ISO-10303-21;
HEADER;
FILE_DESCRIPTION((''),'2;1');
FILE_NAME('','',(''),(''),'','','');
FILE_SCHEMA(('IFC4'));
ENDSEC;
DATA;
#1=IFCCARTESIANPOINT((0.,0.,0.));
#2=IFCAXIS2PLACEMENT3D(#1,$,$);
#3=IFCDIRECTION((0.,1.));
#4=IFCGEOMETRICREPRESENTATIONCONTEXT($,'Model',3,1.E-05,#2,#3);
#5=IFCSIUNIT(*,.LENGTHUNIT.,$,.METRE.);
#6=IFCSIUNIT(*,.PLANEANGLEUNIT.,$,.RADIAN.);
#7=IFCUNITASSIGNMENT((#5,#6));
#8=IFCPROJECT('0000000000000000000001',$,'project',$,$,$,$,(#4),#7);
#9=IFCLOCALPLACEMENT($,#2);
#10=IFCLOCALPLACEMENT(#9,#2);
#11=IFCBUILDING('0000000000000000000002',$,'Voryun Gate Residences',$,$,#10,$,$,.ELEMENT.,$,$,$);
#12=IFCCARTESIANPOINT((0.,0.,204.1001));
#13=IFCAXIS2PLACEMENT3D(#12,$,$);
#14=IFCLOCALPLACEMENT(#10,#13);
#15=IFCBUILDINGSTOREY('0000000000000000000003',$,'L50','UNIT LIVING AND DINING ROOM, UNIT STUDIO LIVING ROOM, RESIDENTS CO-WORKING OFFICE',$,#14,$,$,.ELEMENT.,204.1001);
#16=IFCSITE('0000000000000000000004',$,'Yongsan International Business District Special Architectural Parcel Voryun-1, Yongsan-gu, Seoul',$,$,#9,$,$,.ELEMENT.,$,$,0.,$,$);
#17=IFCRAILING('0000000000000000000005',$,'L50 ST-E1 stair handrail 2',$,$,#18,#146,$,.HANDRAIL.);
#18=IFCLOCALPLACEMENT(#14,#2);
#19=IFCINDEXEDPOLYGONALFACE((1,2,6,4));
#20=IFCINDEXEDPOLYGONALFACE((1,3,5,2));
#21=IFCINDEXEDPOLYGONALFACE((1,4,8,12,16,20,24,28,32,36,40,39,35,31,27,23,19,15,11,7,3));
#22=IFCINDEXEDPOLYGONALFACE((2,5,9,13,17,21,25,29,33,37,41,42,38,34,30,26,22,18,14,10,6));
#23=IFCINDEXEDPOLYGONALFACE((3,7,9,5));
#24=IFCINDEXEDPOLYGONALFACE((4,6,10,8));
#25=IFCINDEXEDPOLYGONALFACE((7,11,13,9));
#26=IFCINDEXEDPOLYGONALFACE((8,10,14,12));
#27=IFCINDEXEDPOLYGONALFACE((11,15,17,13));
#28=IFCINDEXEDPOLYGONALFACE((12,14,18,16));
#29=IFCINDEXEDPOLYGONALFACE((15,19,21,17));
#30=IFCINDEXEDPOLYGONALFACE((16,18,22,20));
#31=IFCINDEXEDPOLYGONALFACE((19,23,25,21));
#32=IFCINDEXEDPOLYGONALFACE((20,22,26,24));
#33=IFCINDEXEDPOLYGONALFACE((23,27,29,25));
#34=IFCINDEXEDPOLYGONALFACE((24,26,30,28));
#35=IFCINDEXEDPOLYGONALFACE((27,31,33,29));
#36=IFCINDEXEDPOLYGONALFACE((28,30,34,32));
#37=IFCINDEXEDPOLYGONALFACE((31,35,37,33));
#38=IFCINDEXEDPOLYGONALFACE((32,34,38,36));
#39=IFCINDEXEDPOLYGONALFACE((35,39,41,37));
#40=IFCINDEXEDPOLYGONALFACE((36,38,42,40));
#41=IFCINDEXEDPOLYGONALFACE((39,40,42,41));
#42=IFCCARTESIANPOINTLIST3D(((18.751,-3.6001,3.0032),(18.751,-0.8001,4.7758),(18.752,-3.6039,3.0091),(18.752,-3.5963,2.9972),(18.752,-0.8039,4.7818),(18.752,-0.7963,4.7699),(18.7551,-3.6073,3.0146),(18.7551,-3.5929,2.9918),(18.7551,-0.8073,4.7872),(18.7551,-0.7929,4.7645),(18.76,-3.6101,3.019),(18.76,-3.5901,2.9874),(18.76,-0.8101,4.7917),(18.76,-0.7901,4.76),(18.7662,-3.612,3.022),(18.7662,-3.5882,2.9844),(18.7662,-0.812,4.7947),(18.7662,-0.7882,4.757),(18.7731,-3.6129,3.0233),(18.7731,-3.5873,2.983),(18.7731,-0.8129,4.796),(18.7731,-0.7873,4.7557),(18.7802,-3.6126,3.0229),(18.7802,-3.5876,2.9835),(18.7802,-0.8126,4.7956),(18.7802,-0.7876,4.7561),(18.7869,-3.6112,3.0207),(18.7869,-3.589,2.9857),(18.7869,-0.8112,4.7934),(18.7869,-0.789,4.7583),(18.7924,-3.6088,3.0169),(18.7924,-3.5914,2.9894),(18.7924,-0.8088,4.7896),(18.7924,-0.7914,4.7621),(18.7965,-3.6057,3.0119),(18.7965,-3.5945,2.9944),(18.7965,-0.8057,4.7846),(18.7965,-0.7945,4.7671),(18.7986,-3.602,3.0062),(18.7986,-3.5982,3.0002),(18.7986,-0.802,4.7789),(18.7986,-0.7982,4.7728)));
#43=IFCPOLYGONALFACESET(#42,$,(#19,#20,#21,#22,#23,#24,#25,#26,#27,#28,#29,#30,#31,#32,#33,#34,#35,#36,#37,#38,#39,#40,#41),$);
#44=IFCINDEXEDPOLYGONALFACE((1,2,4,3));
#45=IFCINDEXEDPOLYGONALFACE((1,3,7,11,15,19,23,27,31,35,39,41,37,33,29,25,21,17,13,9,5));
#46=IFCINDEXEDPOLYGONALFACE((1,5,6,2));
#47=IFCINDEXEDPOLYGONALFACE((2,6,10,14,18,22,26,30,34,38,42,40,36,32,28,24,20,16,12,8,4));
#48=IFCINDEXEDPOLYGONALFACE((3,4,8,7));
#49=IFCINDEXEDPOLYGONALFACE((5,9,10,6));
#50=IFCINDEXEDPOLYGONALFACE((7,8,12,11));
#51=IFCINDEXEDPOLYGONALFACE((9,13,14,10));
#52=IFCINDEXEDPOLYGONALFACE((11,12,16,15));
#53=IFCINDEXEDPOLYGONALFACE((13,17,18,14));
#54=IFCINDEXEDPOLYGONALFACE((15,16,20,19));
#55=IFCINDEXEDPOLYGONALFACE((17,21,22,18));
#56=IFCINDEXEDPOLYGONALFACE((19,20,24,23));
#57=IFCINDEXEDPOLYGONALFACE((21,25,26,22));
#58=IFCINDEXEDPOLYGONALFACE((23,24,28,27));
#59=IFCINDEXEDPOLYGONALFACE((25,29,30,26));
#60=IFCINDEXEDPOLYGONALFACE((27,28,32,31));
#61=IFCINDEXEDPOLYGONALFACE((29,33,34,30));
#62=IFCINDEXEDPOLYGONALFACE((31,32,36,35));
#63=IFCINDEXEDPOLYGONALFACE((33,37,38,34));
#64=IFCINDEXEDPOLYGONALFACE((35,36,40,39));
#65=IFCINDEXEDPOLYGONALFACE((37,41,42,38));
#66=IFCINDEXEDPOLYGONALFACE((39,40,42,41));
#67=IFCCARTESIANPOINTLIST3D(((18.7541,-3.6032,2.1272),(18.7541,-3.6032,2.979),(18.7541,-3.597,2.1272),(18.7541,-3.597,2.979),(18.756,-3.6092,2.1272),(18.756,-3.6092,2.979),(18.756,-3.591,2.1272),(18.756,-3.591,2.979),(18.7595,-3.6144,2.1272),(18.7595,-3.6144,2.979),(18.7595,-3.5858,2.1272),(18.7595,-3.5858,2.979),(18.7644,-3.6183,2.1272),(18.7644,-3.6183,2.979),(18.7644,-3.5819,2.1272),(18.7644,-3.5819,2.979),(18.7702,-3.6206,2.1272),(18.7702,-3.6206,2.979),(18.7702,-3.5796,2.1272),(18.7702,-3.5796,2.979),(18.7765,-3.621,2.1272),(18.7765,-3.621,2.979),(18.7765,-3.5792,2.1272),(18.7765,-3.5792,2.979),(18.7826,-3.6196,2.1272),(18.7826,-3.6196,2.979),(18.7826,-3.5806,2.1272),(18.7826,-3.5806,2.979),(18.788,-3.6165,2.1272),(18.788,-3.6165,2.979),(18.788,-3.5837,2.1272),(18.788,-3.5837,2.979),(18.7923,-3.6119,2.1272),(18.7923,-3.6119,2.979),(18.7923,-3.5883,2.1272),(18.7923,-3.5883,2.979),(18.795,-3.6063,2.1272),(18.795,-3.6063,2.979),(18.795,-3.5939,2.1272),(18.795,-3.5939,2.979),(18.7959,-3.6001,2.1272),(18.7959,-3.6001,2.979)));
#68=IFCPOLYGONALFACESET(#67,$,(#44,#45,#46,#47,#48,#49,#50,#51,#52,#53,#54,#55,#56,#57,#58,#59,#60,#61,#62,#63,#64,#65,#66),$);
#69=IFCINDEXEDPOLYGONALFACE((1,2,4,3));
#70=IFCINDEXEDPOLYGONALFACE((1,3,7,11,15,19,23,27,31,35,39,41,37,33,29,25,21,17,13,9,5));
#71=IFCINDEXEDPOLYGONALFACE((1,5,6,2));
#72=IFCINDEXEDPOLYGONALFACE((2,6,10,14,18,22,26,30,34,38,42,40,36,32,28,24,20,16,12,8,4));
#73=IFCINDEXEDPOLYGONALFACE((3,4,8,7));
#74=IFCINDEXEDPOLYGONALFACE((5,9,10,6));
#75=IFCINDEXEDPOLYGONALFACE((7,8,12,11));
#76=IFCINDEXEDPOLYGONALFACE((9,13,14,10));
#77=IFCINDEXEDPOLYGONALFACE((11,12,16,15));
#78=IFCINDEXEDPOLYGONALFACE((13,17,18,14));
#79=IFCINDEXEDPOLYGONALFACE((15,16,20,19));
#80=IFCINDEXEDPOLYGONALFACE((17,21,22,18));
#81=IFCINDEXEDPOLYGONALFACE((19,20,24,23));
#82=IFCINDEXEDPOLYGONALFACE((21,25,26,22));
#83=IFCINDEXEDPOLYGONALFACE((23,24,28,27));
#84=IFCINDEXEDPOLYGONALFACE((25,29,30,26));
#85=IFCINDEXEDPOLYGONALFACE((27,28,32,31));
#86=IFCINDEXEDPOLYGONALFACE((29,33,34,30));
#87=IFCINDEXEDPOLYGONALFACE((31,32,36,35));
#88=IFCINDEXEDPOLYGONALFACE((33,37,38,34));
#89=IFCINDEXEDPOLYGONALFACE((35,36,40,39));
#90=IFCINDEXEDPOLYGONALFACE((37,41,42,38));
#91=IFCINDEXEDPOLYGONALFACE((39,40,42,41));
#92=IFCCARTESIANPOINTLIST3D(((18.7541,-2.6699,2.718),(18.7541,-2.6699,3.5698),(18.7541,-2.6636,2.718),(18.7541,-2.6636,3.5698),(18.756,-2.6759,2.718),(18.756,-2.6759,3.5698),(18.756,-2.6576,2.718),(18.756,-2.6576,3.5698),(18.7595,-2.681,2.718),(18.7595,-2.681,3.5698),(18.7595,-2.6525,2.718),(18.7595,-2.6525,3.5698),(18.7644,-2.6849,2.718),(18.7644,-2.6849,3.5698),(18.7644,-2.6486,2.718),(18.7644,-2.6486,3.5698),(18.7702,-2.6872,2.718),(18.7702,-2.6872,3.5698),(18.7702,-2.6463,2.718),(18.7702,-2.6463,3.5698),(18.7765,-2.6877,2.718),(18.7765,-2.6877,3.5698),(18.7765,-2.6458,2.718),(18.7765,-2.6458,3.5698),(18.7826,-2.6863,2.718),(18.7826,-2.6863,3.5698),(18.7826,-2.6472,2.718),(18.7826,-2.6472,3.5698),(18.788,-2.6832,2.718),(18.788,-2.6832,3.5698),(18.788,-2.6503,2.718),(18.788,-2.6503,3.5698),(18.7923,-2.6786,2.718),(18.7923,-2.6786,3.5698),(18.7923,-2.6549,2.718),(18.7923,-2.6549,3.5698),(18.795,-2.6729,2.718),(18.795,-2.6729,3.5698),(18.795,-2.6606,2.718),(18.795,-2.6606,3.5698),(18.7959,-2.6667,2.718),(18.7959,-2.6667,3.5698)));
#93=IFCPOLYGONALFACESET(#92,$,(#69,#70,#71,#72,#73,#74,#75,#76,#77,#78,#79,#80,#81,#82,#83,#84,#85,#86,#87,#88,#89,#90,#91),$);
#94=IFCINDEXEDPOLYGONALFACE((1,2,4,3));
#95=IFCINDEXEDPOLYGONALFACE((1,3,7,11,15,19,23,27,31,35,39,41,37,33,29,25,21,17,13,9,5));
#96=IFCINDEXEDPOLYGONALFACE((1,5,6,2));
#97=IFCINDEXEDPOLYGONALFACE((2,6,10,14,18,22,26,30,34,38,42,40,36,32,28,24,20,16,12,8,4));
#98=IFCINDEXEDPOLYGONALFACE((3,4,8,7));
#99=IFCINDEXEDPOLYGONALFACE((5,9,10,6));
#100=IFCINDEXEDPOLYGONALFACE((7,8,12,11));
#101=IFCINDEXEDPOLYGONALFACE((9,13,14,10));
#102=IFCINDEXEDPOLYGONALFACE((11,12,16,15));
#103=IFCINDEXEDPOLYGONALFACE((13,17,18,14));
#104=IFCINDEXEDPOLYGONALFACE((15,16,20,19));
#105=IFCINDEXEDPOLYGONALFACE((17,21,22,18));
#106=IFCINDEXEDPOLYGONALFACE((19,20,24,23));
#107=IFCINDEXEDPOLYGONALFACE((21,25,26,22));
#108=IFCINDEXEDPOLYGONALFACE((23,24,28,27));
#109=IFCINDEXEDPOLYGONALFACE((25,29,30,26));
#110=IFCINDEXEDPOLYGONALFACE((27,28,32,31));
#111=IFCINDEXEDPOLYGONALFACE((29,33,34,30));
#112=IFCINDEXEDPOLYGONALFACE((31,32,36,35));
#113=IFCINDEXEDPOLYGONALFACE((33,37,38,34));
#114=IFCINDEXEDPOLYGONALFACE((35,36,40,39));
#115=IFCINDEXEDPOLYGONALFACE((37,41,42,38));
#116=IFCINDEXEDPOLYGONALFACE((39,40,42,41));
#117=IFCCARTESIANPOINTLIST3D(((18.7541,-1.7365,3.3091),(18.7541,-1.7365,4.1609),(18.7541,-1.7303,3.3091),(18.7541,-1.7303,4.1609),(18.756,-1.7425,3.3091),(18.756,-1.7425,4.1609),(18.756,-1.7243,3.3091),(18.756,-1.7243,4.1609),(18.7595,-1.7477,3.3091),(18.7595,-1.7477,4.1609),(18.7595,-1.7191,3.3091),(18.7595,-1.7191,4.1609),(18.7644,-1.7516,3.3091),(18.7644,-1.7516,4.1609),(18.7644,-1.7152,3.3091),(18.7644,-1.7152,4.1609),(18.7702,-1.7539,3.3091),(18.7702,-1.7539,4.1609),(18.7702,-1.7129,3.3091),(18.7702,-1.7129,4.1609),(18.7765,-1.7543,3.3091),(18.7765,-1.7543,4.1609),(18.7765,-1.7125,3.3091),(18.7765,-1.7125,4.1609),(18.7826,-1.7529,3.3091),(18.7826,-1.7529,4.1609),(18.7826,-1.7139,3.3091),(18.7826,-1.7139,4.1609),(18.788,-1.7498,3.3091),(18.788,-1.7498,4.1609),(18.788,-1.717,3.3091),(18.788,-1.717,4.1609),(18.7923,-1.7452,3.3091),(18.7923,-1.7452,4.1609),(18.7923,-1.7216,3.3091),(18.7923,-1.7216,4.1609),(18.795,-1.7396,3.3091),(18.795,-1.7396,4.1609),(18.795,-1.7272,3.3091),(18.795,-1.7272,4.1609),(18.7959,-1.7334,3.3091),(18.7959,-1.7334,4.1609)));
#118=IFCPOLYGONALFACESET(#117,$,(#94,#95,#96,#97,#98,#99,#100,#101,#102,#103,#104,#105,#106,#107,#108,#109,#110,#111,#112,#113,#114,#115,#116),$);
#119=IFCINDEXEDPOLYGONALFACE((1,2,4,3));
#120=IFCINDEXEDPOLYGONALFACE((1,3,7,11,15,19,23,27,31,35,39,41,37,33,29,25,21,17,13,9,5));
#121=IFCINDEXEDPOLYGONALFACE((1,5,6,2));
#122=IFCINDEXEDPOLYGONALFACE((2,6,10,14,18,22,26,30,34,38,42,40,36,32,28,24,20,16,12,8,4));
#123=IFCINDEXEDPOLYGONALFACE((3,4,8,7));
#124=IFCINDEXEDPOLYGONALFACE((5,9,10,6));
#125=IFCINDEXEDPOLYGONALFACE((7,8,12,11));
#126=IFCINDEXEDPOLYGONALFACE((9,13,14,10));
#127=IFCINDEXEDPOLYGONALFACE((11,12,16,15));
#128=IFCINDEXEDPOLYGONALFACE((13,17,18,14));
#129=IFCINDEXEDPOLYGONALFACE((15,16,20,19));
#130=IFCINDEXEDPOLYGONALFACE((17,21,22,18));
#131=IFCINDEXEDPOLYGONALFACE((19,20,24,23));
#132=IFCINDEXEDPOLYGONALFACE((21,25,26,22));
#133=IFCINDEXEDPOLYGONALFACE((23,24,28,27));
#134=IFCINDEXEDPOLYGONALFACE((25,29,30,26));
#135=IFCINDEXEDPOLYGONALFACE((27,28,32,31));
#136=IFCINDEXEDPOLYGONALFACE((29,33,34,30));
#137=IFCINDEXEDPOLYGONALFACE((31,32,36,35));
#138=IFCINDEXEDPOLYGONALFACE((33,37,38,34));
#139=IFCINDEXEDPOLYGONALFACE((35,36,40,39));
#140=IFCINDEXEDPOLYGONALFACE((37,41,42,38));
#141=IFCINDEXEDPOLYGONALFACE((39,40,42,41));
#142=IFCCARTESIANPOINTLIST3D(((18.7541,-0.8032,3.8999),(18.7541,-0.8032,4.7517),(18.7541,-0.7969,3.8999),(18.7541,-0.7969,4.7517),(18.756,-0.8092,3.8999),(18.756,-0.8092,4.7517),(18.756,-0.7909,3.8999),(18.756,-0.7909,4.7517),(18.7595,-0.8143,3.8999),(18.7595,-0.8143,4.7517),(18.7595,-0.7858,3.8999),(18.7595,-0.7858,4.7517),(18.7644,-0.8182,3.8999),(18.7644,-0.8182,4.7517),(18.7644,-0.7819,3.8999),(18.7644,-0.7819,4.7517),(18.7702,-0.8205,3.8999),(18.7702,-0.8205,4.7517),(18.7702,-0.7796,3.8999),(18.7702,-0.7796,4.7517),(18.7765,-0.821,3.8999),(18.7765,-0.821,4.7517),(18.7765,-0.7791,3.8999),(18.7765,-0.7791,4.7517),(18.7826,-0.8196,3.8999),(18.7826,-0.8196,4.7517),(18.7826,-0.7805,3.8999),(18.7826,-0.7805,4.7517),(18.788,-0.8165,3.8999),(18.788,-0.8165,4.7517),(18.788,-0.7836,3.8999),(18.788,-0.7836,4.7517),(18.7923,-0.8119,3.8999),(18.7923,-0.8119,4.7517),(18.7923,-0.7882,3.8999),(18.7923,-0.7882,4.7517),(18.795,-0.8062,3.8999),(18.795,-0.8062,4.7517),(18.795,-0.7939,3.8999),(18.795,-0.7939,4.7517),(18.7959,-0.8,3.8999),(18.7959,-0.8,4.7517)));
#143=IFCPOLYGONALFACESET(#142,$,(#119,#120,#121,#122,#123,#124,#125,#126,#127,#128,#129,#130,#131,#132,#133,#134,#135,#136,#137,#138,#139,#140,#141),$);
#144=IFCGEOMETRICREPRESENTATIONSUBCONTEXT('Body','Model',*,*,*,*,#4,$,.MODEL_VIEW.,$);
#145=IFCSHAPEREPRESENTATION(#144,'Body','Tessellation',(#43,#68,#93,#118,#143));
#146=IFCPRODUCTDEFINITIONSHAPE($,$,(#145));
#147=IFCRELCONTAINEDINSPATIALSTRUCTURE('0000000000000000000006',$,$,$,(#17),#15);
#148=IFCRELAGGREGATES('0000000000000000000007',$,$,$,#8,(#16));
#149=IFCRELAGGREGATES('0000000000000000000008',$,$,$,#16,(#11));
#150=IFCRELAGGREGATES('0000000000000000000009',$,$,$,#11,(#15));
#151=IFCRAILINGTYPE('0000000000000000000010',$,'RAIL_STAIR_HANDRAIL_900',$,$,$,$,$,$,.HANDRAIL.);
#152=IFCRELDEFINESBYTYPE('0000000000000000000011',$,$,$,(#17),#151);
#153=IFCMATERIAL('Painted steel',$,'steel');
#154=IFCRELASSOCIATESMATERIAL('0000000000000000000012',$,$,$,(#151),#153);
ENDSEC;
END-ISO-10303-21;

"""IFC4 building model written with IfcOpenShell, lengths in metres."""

from ifc_helpers import new_model, si_unit, direction, frame, origin, origin_2d, place, context, subcontext, project, spatial, circle, extrude, material, type_object, element, save


model = new_model("IFC4")

# Units and contexts
model_context = context("Model", 3, precision=1e-05, world=origin(), true_north=direction((0.0, 1.0)))
body_context = subcontext(model_context, "Body", "Model", "MODEL_VIEW")
ifc_project = project(units=[si_unit("LENGTHUNIT", "METRE"), si_unit("PLANEANGLEUNIT", "RADIAN")], contexts=[model_context])

# Site, building, storey
site_placement = place(None, origin())
site = spatial("IfcSite", under=ifc_project, at=site_placement, Name="Yongsan International Business District Special Architectural Parcel Voryun-1, Yongsan-gu, Seoul", CompositionType="ELEMENT", RefElevation=0.0)
building_placement = place(site_placement, origin())
building = spatial("IfcBuilding", under=site, at=building_placement, Name="Voryun Gate Residences", CompositionType="ELEMENT")
storey_placement = place(building_placement, frame((0.0, 0.0, 204.1001)))
storey = spatial("IfcBuildingStorey", under=building, at=storey_placement, Name="L50", Description="UNIT LIVING AND DINING ROOM, UNIT STUDIO LIVING ROOM, RESIDENTS CO-WORKING OFFICE", CompositionType="ELEMENT", Elevation=204.1001)

# Railing
ifc_material_1 = material(Name="Painted steel", Category="steel")
railing_type_1 = type_object("IfcRailingType", Name="RAIL_STAIR_HANDRAIL_900", PredefinedType="HANDRAIL", material=ifc_material_1)
railing_1_placement = place(storey_placement, frame((18.7749, -3.6001, 2.1272)))
element("IfcRailing", 1, at=railing_1_placement, inside=storey, type_object=railing_type_1, Name="L50 ST-E1 stair handrail 2", PredefinedType="HANDRAIL", context=body_context, shape_type="SweptSolid", body=[
    extrude(circle(Radius=0.0239, at=origin_2d()), frame((0.0, 0.0, 0.876), z_axis=(0.0, 0.844909, 0.53491), x_axis=(-1.0, 0.0, 0.0)), (0.0, 0.0, 1.0), 3.314),
    extrude(circle(Radius=0.021, at=origin_2d()), origin(), (0.0, 0.0, 1.0), 0.8518),
    extrude(circle(Radius=0.021, at=origin_2d()), frame((0.0, 0.9333, 0.5908)), (0.0, 0.0, 1.0), 0.8518),
    extrude(circle(Radius=0.021, at=origin_2d()), frame((0.0, 1.8667, 1.1819)), (0.0, 0.0, 1.0), 0.8518),
    extrude(circle(Radius=0.021, at=origin_2d()), frame((0.0, 2.8, 1.7727)), (0.0, 0.0, 1.0), 0.8518),
])

save(model, "model.ifc")
